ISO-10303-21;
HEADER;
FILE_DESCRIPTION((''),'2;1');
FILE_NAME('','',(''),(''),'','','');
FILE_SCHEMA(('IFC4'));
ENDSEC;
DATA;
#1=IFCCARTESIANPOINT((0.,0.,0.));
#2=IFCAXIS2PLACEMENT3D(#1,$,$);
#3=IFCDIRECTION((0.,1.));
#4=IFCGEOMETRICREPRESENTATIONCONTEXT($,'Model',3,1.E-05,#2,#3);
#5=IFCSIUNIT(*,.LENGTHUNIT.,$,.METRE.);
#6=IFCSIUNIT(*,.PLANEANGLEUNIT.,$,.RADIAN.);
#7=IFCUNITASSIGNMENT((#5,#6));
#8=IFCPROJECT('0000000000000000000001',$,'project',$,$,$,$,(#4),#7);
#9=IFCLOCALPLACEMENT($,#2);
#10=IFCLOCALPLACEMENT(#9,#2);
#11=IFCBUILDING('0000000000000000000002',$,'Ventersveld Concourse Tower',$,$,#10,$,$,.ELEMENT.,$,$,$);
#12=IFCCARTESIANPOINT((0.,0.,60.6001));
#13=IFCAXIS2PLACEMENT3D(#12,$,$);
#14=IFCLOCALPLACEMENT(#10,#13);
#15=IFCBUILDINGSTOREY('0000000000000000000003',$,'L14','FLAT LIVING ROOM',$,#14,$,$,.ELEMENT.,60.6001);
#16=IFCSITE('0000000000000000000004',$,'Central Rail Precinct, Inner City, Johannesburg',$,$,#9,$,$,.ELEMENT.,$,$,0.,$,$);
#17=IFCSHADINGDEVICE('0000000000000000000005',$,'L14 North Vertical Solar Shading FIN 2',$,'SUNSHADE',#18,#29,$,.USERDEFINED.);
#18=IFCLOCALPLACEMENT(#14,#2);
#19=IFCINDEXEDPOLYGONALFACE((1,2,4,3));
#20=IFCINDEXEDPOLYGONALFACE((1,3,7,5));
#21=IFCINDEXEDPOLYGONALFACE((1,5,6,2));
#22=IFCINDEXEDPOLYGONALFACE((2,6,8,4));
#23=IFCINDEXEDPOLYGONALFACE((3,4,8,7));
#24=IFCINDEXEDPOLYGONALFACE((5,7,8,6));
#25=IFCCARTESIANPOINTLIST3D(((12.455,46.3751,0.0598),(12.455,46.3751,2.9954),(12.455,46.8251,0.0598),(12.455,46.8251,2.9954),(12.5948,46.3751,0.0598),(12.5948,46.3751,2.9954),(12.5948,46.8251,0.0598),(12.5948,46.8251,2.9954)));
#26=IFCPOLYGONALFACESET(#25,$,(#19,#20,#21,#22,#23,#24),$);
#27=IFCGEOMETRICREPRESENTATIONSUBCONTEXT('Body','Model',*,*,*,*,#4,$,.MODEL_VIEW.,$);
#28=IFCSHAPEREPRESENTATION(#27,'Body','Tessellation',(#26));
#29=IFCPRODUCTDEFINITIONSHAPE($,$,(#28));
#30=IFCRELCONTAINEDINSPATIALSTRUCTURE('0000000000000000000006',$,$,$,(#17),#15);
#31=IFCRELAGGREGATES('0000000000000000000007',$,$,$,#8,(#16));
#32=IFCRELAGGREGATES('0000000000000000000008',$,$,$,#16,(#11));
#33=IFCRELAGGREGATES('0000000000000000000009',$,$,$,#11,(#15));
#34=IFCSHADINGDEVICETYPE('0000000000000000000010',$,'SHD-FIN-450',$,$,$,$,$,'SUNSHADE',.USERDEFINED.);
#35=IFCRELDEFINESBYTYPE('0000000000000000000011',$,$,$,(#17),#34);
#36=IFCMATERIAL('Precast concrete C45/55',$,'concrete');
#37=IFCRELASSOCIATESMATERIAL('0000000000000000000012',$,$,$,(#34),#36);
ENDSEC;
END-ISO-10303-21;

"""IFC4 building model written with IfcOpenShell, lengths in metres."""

from ifc_helpers import new_model, si_unit, direction, frame, origin, origin_2d, place, context, subcontext, project, spatial, rectangle, extrude, material, type_object, element, save


model = new_model("IFC4")

# Units and contexts
model_context = context("Model", 3, precision=1e-05, world=origin(), true_north=direction((0.0, 1.0)))
body_context = subcontext(model_context, "Body", "Model", "MODEL_VIEW")
ifc_project = project(units=[si_unit("LENGTHUNIT", "METRE"), si_unit("PLANEANGLEUNIT", "RADIAN")], contexts=[model_context])

# Site, building, storey
site_placement = place(None, origin())
site = spatial("IfcSite", under=ifc_project, at=site_placement, Name="Central Rail Precinct, Inner City, Johannesburg", CompositionType="ELEMENT", RefElevation=0.0)
building_placement = place(site_placement, origin())
building = spatial("IfcBuilding", under=site, at=building_placement, Name="Ventersveld Concourse Tower", CompositionType="ELEMENT")
storey_placement = place(building_placement, frame((0.0, 0.0, 60.6001)))
storey = spatial("IfcBuildingStorey", under=building, at=storey_placement, Name="L14", Description="FLAT LIVING ROOM", CompositionType="ELEMENT", Elevation=60.6001)

# Shared definitions
ifc_material_1 = material(Name="Precast concrete C45/55", Category="concrete")

# Shading device
shading_device_type = type_object("IfcShadingDeviceType", Name="SHD-FIN-450", ElementType="SUNSHADE", PredefinedType="USERDEFINED", material=ifc_material_1)
shading_device_placement = place(storey_placement, frame((12.5249, 46.6001, 0.0598), z_axis=(0.0, 0.0, 1.0), x_axis=(1.0, 0.0, 0.0)))
element("IfcShadingDevice", 1, at=shading_device_placement, inside=storey, type_object=shading_device_type, Name="L14 North Vertical Solar Shading FIN 2", ObjectType="SUNSHADE", PredefinedType="USERDEFINED", context=body_context, shape_type="SweptSolid", body=[
    extrude(rectangle(XDim=0.1399, YDim=0.45, at=origin_2d()), origin(), (0.0, 0.0, 1.0), 2.9355),
])

save(model, "model.ifc")
